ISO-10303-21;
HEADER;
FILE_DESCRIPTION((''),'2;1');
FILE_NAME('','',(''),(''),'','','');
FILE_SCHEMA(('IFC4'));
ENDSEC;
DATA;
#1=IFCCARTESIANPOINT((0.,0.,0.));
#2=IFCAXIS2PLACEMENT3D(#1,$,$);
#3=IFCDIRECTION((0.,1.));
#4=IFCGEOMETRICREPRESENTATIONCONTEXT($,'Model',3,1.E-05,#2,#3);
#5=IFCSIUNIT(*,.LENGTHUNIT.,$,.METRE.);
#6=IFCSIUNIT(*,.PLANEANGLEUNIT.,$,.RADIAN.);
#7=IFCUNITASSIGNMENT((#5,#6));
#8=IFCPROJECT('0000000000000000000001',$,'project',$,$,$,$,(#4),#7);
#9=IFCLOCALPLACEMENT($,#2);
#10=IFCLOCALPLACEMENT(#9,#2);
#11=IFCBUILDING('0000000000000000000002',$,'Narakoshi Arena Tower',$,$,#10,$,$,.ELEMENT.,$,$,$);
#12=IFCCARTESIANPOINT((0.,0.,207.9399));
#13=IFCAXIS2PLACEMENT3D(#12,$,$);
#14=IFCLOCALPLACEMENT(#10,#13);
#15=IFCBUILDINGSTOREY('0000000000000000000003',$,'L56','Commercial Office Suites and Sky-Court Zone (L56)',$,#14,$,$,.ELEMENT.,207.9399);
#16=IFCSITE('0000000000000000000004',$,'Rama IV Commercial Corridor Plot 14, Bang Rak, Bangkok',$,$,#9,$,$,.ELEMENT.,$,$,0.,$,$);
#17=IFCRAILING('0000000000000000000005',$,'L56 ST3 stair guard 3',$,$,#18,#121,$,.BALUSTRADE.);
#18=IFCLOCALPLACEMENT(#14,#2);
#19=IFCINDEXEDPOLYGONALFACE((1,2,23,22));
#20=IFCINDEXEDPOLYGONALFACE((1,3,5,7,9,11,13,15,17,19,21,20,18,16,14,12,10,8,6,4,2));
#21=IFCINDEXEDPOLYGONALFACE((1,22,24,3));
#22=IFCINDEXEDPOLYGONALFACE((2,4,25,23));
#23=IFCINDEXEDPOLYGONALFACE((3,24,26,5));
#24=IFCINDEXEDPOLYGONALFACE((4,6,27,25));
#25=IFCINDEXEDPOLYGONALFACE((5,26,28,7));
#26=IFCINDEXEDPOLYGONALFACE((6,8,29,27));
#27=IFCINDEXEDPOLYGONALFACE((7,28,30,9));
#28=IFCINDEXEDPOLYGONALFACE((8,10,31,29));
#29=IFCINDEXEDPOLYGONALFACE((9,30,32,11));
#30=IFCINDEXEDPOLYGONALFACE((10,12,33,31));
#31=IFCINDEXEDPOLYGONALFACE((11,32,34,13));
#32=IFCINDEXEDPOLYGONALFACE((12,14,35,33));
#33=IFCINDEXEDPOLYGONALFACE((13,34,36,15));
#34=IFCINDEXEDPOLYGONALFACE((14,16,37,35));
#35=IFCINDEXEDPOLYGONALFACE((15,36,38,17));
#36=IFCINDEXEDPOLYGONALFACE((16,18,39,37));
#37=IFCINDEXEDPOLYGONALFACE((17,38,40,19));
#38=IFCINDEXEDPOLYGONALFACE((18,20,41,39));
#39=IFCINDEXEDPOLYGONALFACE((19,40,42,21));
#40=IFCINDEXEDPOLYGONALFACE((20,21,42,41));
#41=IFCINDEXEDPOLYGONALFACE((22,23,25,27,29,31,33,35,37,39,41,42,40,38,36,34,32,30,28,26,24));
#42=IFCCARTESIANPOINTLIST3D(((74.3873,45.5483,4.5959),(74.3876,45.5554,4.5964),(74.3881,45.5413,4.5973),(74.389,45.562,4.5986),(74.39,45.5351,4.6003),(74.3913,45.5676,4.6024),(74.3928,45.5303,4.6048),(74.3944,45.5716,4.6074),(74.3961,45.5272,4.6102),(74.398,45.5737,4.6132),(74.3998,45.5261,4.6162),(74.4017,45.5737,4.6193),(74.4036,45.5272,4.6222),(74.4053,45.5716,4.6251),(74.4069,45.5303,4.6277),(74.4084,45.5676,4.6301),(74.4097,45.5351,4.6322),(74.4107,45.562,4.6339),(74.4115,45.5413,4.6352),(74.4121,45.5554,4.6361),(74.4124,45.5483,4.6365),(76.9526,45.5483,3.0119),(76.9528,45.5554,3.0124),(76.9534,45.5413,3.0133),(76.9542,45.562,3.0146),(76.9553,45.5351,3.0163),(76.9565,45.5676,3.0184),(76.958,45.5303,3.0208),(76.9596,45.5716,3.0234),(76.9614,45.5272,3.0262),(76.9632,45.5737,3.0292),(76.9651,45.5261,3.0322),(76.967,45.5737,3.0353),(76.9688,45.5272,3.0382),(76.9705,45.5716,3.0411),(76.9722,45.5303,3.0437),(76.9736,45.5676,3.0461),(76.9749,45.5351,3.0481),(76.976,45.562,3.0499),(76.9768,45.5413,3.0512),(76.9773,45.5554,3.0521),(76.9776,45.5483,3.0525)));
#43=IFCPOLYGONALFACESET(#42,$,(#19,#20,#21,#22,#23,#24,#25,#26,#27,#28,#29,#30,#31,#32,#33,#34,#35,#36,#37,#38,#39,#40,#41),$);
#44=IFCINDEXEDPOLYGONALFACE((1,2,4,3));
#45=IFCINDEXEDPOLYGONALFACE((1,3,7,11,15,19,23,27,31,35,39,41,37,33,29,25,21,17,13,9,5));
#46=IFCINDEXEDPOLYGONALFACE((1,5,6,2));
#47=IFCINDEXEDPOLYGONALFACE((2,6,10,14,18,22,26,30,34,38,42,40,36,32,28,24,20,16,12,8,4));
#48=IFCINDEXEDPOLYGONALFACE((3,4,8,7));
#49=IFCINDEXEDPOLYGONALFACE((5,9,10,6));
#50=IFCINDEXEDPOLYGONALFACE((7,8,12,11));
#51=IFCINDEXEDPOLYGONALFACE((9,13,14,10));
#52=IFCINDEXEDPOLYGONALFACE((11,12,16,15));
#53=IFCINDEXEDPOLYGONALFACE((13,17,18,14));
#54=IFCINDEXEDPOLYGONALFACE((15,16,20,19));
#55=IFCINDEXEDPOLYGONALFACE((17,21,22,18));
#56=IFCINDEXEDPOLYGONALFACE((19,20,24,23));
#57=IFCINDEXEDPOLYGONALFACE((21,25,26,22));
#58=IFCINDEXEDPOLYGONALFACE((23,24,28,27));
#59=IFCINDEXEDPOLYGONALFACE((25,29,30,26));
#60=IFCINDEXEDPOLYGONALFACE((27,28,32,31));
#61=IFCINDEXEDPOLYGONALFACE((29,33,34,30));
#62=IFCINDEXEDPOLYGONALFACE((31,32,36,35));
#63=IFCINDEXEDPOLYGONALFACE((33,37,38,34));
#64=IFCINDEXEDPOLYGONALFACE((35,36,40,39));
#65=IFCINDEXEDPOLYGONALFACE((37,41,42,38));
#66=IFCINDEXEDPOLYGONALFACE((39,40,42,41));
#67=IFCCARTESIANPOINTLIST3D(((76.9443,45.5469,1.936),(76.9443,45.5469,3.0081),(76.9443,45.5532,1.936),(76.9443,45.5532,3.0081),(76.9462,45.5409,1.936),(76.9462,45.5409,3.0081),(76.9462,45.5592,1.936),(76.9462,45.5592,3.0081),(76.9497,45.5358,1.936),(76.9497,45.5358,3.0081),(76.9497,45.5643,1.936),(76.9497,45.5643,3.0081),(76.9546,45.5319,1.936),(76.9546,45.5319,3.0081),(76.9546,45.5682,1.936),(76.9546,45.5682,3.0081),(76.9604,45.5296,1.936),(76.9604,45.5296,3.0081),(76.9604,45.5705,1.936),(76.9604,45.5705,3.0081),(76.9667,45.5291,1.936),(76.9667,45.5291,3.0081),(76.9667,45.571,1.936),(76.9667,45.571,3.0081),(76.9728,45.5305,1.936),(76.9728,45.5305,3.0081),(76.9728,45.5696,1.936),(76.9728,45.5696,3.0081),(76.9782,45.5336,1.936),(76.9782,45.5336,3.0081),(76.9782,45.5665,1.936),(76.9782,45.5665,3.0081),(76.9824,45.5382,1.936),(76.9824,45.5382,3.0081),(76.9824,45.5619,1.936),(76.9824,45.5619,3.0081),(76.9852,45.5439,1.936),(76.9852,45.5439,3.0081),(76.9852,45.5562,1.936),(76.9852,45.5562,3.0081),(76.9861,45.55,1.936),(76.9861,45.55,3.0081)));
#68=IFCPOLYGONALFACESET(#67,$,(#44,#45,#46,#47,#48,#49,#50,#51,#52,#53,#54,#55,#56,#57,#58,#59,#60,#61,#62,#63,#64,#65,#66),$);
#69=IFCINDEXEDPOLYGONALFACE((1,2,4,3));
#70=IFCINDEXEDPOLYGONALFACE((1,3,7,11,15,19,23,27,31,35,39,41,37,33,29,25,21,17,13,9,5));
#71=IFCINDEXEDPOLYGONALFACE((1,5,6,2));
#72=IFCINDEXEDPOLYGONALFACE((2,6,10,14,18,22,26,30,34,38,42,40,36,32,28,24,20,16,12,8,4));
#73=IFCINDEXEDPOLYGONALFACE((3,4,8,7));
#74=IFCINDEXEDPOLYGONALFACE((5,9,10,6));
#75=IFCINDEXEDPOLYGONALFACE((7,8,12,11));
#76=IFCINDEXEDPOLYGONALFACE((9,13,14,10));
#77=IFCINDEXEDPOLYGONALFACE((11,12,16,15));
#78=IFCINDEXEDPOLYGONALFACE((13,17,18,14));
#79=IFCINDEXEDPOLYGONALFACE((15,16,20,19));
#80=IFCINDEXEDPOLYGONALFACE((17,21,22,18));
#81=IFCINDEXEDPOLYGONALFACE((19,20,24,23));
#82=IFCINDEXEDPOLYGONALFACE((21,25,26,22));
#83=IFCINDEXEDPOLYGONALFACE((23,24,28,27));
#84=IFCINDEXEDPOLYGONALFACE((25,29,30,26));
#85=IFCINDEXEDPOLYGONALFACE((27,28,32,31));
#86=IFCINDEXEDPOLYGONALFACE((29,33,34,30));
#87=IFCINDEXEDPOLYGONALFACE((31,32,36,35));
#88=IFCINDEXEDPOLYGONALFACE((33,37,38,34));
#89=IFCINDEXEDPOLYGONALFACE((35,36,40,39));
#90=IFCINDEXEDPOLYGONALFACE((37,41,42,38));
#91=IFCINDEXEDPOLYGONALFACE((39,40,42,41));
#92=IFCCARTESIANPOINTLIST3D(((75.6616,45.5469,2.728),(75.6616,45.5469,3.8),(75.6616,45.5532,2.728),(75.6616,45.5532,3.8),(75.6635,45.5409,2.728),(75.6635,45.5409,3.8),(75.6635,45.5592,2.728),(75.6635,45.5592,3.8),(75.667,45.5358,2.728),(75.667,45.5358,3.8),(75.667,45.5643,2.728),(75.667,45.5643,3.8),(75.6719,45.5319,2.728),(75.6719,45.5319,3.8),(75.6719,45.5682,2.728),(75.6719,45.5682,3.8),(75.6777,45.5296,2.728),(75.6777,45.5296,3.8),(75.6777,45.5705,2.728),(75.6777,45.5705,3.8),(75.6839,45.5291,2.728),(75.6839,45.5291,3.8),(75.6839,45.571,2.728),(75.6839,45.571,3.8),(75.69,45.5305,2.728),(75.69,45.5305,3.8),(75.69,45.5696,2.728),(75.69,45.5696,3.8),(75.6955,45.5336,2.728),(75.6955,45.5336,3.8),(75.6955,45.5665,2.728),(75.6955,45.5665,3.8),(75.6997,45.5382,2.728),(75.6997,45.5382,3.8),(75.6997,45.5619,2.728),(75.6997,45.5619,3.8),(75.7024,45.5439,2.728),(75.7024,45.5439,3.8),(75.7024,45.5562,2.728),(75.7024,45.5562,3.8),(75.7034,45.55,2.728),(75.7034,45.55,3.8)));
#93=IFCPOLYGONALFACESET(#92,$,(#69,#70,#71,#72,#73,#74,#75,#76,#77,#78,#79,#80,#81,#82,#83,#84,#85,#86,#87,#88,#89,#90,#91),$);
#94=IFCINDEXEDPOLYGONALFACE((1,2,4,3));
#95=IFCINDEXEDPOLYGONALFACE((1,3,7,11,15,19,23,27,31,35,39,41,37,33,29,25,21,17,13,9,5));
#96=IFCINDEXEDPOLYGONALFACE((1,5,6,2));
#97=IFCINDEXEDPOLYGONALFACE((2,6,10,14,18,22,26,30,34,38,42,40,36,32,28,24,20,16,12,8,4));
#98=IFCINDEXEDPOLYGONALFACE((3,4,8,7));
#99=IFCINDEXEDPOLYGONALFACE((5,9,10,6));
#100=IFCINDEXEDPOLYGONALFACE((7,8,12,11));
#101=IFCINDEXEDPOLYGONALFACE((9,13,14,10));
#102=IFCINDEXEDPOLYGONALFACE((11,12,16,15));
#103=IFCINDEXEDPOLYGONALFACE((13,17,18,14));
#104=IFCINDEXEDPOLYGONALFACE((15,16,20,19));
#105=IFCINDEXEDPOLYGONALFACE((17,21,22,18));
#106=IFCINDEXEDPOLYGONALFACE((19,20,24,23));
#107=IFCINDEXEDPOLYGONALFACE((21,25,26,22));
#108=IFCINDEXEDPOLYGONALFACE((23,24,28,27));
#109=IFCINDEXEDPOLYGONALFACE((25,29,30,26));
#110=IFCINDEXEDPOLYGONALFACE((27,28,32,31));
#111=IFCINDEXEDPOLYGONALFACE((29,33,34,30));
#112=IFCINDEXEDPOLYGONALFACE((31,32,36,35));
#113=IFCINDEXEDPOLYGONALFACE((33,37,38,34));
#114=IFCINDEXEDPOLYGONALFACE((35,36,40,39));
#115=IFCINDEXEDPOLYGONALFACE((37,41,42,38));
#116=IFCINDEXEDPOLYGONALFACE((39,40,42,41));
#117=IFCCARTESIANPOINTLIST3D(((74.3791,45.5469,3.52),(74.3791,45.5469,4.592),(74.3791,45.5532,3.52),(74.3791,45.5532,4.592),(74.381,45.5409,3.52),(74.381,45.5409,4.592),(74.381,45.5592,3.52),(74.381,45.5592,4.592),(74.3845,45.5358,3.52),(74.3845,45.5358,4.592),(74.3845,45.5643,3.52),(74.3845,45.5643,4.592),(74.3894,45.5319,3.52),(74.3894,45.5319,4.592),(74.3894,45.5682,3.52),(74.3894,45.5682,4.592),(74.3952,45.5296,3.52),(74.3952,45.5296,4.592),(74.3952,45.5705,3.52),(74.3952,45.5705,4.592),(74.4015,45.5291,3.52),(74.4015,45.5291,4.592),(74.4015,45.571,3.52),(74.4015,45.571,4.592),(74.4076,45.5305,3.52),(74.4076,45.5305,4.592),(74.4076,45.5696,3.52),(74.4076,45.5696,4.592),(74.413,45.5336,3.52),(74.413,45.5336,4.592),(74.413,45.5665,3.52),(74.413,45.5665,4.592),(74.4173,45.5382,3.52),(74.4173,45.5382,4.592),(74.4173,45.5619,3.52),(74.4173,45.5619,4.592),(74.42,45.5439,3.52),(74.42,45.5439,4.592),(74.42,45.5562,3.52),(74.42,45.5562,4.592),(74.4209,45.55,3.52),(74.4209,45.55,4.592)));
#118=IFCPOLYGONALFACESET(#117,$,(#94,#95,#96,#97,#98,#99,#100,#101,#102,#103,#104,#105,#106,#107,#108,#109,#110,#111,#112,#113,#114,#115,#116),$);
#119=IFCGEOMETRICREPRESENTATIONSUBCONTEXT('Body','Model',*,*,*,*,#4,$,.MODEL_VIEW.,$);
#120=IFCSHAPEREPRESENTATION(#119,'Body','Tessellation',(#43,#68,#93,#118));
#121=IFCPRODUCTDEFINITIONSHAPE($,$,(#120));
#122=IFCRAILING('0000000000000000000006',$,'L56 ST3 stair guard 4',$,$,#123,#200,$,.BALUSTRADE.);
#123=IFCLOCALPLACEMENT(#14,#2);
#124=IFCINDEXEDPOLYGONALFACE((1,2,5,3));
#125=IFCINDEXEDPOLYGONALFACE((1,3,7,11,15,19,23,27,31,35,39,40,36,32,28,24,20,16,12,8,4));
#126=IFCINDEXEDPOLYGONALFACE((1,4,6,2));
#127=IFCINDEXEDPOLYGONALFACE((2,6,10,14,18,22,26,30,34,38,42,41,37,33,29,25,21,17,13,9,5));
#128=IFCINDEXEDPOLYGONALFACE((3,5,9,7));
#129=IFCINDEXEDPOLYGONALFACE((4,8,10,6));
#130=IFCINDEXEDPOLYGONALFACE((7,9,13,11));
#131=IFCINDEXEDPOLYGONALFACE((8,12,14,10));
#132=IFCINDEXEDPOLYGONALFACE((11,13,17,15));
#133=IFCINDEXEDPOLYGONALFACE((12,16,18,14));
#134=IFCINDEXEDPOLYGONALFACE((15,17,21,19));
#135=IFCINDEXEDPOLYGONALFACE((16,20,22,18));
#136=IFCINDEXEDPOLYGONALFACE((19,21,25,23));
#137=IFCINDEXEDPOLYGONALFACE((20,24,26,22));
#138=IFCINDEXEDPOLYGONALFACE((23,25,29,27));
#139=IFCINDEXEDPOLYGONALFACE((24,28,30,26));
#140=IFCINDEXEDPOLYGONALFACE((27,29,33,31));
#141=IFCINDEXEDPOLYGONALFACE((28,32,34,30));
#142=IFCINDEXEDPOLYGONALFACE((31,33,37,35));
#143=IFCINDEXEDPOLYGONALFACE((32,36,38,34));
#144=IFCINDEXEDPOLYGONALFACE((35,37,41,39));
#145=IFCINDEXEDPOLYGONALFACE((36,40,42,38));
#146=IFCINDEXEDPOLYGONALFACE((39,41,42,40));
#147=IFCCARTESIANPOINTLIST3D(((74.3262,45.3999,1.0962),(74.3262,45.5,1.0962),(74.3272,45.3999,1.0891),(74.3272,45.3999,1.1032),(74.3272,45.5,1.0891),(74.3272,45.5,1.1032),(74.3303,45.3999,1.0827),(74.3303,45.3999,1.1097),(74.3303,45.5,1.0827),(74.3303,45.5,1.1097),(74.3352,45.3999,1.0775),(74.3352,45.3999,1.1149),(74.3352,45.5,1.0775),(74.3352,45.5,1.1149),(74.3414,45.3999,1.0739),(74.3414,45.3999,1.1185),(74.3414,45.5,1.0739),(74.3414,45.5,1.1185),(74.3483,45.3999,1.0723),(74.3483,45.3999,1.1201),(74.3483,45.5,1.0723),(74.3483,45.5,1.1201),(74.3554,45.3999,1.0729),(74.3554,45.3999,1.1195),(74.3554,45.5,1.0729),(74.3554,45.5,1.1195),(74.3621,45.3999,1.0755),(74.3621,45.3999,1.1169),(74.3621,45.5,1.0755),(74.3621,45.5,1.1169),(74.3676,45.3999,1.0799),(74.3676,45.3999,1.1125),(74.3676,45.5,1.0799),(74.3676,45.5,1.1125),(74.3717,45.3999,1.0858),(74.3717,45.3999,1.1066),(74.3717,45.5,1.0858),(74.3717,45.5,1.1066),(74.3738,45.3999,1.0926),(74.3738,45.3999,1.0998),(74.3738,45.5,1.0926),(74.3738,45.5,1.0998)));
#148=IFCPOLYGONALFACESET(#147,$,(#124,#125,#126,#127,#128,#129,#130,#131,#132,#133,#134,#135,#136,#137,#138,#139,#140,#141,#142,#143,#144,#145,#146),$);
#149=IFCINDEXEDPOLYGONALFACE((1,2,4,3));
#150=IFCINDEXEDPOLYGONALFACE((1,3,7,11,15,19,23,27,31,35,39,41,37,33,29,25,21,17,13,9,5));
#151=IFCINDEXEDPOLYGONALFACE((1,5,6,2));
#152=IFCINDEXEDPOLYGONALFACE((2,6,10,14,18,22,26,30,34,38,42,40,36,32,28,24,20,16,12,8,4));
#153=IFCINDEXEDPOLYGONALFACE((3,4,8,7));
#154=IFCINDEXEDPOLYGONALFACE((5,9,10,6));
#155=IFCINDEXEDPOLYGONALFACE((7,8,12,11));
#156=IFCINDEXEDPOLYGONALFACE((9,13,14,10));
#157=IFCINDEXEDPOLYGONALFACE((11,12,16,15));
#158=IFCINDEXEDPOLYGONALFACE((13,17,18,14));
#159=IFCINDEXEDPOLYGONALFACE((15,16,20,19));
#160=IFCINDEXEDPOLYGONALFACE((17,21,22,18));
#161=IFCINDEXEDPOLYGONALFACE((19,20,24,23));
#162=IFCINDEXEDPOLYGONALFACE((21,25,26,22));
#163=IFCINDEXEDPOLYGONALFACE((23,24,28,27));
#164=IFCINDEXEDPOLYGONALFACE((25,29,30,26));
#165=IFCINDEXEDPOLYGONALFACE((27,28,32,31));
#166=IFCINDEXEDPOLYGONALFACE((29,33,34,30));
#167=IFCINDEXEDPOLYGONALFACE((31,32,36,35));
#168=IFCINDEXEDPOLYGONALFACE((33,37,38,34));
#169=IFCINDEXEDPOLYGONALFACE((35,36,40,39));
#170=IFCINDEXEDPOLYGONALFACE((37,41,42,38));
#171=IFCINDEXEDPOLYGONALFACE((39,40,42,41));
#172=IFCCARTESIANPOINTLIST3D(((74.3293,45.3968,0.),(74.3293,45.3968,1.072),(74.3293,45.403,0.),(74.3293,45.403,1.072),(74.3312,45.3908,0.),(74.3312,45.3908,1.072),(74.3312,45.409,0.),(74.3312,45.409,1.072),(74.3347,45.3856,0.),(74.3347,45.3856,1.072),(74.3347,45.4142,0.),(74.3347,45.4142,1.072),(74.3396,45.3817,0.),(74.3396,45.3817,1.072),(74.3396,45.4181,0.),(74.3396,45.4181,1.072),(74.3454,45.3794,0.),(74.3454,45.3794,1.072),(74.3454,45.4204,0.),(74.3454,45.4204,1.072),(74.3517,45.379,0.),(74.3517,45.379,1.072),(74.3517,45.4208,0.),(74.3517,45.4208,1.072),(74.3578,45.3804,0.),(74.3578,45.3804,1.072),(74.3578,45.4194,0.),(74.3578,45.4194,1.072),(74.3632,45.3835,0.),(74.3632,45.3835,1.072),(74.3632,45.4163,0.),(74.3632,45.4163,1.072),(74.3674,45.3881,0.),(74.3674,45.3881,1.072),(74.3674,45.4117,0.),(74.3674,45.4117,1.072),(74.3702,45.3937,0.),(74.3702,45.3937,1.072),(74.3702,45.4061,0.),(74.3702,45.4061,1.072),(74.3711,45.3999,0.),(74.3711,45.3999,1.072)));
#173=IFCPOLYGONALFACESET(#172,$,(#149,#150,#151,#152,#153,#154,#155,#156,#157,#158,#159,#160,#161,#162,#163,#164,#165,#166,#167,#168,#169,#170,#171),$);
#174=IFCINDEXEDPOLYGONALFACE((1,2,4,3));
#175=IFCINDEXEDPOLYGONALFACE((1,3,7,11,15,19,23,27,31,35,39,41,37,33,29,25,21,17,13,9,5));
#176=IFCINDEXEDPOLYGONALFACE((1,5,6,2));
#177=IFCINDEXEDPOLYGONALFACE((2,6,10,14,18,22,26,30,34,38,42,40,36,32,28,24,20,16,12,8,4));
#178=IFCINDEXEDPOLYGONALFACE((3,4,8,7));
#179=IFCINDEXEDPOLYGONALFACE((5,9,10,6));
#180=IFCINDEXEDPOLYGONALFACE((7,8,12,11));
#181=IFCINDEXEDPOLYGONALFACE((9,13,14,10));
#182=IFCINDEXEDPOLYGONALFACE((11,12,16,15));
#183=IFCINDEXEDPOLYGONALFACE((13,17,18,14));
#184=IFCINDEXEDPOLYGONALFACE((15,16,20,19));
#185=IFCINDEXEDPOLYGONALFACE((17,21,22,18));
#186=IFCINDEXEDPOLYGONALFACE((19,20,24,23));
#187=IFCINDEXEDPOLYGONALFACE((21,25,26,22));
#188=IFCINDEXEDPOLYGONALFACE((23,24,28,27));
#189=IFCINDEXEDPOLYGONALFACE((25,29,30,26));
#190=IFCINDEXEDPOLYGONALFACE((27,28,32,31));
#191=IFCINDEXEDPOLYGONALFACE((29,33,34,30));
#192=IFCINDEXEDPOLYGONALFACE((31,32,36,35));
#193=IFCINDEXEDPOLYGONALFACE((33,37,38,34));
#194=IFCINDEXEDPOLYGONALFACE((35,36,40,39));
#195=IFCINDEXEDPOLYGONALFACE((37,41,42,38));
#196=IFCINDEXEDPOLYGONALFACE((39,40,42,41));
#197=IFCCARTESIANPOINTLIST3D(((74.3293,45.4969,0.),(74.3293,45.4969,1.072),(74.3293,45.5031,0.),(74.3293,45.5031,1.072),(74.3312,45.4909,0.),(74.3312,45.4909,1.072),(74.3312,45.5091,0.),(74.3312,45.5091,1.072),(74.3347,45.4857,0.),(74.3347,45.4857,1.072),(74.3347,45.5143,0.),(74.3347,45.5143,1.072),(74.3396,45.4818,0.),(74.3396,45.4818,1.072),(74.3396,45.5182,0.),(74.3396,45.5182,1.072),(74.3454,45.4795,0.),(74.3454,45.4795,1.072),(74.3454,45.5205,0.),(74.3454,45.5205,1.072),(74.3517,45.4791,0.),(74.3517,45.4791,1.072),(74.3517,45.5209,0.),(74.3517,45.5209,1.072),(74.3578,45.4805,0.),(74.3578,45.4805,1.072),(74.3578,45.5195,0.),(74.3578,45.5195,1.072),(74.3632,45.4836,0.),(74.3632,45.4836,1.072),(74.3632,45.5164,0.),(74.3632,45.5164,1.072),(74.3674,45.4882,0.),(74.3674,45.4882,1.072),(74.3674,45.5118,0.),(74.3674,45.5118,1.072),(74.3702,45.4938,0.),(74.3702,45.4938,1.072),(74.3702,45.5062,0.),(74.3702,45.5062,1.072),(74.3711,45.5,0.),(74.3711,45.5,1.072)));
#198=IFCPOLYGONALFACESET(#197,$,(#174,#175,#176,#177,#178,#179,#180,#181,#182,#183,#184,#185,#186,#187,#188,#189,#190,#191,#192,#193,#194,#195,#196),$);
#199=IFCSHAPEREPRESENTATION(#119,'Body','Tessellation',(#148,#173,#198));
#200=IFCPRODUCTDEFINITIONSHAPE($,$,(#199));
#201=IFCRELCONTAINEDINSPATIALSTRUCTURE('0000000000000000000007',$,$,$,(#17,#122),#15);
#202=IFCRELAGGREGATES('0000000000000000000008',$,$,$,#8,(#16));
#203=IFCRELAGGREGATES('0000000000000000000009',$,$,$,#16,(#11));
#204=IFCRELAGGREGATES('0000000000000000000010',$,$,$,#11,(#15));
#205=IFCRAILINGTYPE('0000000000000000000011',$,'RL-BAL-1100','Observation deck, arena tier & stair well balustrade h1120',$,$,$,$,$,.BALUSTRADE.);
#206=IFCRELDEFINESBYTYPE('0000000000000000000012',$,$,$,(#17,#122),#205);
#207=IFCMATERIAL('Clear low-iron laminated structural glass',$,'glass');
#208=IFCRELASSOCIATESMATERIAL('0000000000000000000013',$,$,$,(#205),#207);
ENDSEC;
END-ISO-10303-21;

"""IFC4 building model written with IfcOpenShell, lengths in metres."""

from ifc_helpers import new_model, si_unit, direction, frame, origin, origin_2d, place, context, subcontext, project, spatial, circle, extrude, material, type_object, element, save


model = new_model("IFC4")

# Units and contexts
model_context = context("Model", 3, precision=1e-05, world=origin(), true_north=direction((0.0, 1.0)))
body_context = subcontext(model_context, "Body", "Model", "MODEL_VIEW")
ifc_project = project(units=[si_unit("LENGTHUNIT", "METRE"), si_unit("PLANEANGLEUNIT", "RADIAN")], contexts=[model_context])

# Site, building, storey
site_placement = place(None, origin())
site = spatial("IfcSite", under=ifc_project, at=site_placement, Name="Rama IV Commercial Corridor Plot 14, Bang Rak, Bangkok", CompositionType="ELEMENT", RefElevation=0.0)
building_placement = place(site_placement, origin())
building = spatial("IfcBuilding", under=site, at=building_placement, Name="Narakoshi Arena Tower", CompositionType="ELEMENT")
storey_placement = place(building_placement, frame((0.0, 0.0, 207.9399)))
storey = spatial("IfcBuildingStorey", under=building, at=storey_placement, Name="L56", Description="Commercial Office Suites and Sky-Court Zone (L56)", CompositionType="ELEMENT", Elevation=207.9399)

# Railings
ifc_material_1 = material(Name="Clear low-iron laminated structural glass", Category="glass")
railing_type_1 = type_object("IfcRailingType", Name="RL-BAL-1100", Description="Observation deck, arena tier & stair well balustrade h1120", PredefinedType="BALUSTRADE", material=ifc_material_1)
railing_1_placement = place(storey_placement, frame((76.9651, 45.55, 1.936)))
element("IfcRailing", 1, at=railing_1_placement, inside=storey, type_object=railing_type_1, Name="L56 ST3 stair guard 3", PredefinedType="BALUSTRADE", context=body_context, shape_type="SweptSolid", body=[
    extrude(circle(Radius=0.0239, at=origin_2d()), frame((0.0, 0.0, 1.0962), z_axis=(-0.850857, 0.0, 0.525398), x_axis=(0.0, -1.0, 0.0)), (0.0, 0.0, 1.0), 3.0149),
    extrude(circle(Radius=0.021, at=origin_2d()), origin(), (0.0, 0.0, 1.0), 1.072),
    extrude(circle(Radius=0.021, at=origin_2d()), frame((-1.2827, 0.0, 0.792)), (0.0, 0.0, 1.0), 1.072),
    extrude(circle(Radius=0.021, at=origin_2d()), frame((-2.5652, 0.0, 1.584)), (0.0, 0.0, 1.0), 1.072),
])
railing_2_placement = place(storey_placement, frame((74.3501, 45.3999, 0.0)))
element("IfcRailing", 2, at=railing_2_placement, inside=storey, type_object=railing_type_1, Name="L56 ST3 stair guard 4", PredefinedType="BALUSTRADE", context=body_context, shape_type="SweptSolid", body=[
    extrude(circle(Radius=0.0239, at=origin_2d()), frame((0.0, 0.0, 1.0962), z_axis=(0.0, 1.0, 0.0), x_axis=(-1.0, 0.0, 0.0)), (0.0, 0.0, 1.0), 0.1001),
    extrude(circle(Radius=0.021, at=origin_2d()), origin(), (0.0, 0.0, 1.0), 1.072),
    extrude(circle(Radius=0.021, at=origin_2d()), frame((0.0, 0.1001, 0.0)), (0.0, 0.0, 1.0), 1.072),
])

save(model, "model.ifc")
